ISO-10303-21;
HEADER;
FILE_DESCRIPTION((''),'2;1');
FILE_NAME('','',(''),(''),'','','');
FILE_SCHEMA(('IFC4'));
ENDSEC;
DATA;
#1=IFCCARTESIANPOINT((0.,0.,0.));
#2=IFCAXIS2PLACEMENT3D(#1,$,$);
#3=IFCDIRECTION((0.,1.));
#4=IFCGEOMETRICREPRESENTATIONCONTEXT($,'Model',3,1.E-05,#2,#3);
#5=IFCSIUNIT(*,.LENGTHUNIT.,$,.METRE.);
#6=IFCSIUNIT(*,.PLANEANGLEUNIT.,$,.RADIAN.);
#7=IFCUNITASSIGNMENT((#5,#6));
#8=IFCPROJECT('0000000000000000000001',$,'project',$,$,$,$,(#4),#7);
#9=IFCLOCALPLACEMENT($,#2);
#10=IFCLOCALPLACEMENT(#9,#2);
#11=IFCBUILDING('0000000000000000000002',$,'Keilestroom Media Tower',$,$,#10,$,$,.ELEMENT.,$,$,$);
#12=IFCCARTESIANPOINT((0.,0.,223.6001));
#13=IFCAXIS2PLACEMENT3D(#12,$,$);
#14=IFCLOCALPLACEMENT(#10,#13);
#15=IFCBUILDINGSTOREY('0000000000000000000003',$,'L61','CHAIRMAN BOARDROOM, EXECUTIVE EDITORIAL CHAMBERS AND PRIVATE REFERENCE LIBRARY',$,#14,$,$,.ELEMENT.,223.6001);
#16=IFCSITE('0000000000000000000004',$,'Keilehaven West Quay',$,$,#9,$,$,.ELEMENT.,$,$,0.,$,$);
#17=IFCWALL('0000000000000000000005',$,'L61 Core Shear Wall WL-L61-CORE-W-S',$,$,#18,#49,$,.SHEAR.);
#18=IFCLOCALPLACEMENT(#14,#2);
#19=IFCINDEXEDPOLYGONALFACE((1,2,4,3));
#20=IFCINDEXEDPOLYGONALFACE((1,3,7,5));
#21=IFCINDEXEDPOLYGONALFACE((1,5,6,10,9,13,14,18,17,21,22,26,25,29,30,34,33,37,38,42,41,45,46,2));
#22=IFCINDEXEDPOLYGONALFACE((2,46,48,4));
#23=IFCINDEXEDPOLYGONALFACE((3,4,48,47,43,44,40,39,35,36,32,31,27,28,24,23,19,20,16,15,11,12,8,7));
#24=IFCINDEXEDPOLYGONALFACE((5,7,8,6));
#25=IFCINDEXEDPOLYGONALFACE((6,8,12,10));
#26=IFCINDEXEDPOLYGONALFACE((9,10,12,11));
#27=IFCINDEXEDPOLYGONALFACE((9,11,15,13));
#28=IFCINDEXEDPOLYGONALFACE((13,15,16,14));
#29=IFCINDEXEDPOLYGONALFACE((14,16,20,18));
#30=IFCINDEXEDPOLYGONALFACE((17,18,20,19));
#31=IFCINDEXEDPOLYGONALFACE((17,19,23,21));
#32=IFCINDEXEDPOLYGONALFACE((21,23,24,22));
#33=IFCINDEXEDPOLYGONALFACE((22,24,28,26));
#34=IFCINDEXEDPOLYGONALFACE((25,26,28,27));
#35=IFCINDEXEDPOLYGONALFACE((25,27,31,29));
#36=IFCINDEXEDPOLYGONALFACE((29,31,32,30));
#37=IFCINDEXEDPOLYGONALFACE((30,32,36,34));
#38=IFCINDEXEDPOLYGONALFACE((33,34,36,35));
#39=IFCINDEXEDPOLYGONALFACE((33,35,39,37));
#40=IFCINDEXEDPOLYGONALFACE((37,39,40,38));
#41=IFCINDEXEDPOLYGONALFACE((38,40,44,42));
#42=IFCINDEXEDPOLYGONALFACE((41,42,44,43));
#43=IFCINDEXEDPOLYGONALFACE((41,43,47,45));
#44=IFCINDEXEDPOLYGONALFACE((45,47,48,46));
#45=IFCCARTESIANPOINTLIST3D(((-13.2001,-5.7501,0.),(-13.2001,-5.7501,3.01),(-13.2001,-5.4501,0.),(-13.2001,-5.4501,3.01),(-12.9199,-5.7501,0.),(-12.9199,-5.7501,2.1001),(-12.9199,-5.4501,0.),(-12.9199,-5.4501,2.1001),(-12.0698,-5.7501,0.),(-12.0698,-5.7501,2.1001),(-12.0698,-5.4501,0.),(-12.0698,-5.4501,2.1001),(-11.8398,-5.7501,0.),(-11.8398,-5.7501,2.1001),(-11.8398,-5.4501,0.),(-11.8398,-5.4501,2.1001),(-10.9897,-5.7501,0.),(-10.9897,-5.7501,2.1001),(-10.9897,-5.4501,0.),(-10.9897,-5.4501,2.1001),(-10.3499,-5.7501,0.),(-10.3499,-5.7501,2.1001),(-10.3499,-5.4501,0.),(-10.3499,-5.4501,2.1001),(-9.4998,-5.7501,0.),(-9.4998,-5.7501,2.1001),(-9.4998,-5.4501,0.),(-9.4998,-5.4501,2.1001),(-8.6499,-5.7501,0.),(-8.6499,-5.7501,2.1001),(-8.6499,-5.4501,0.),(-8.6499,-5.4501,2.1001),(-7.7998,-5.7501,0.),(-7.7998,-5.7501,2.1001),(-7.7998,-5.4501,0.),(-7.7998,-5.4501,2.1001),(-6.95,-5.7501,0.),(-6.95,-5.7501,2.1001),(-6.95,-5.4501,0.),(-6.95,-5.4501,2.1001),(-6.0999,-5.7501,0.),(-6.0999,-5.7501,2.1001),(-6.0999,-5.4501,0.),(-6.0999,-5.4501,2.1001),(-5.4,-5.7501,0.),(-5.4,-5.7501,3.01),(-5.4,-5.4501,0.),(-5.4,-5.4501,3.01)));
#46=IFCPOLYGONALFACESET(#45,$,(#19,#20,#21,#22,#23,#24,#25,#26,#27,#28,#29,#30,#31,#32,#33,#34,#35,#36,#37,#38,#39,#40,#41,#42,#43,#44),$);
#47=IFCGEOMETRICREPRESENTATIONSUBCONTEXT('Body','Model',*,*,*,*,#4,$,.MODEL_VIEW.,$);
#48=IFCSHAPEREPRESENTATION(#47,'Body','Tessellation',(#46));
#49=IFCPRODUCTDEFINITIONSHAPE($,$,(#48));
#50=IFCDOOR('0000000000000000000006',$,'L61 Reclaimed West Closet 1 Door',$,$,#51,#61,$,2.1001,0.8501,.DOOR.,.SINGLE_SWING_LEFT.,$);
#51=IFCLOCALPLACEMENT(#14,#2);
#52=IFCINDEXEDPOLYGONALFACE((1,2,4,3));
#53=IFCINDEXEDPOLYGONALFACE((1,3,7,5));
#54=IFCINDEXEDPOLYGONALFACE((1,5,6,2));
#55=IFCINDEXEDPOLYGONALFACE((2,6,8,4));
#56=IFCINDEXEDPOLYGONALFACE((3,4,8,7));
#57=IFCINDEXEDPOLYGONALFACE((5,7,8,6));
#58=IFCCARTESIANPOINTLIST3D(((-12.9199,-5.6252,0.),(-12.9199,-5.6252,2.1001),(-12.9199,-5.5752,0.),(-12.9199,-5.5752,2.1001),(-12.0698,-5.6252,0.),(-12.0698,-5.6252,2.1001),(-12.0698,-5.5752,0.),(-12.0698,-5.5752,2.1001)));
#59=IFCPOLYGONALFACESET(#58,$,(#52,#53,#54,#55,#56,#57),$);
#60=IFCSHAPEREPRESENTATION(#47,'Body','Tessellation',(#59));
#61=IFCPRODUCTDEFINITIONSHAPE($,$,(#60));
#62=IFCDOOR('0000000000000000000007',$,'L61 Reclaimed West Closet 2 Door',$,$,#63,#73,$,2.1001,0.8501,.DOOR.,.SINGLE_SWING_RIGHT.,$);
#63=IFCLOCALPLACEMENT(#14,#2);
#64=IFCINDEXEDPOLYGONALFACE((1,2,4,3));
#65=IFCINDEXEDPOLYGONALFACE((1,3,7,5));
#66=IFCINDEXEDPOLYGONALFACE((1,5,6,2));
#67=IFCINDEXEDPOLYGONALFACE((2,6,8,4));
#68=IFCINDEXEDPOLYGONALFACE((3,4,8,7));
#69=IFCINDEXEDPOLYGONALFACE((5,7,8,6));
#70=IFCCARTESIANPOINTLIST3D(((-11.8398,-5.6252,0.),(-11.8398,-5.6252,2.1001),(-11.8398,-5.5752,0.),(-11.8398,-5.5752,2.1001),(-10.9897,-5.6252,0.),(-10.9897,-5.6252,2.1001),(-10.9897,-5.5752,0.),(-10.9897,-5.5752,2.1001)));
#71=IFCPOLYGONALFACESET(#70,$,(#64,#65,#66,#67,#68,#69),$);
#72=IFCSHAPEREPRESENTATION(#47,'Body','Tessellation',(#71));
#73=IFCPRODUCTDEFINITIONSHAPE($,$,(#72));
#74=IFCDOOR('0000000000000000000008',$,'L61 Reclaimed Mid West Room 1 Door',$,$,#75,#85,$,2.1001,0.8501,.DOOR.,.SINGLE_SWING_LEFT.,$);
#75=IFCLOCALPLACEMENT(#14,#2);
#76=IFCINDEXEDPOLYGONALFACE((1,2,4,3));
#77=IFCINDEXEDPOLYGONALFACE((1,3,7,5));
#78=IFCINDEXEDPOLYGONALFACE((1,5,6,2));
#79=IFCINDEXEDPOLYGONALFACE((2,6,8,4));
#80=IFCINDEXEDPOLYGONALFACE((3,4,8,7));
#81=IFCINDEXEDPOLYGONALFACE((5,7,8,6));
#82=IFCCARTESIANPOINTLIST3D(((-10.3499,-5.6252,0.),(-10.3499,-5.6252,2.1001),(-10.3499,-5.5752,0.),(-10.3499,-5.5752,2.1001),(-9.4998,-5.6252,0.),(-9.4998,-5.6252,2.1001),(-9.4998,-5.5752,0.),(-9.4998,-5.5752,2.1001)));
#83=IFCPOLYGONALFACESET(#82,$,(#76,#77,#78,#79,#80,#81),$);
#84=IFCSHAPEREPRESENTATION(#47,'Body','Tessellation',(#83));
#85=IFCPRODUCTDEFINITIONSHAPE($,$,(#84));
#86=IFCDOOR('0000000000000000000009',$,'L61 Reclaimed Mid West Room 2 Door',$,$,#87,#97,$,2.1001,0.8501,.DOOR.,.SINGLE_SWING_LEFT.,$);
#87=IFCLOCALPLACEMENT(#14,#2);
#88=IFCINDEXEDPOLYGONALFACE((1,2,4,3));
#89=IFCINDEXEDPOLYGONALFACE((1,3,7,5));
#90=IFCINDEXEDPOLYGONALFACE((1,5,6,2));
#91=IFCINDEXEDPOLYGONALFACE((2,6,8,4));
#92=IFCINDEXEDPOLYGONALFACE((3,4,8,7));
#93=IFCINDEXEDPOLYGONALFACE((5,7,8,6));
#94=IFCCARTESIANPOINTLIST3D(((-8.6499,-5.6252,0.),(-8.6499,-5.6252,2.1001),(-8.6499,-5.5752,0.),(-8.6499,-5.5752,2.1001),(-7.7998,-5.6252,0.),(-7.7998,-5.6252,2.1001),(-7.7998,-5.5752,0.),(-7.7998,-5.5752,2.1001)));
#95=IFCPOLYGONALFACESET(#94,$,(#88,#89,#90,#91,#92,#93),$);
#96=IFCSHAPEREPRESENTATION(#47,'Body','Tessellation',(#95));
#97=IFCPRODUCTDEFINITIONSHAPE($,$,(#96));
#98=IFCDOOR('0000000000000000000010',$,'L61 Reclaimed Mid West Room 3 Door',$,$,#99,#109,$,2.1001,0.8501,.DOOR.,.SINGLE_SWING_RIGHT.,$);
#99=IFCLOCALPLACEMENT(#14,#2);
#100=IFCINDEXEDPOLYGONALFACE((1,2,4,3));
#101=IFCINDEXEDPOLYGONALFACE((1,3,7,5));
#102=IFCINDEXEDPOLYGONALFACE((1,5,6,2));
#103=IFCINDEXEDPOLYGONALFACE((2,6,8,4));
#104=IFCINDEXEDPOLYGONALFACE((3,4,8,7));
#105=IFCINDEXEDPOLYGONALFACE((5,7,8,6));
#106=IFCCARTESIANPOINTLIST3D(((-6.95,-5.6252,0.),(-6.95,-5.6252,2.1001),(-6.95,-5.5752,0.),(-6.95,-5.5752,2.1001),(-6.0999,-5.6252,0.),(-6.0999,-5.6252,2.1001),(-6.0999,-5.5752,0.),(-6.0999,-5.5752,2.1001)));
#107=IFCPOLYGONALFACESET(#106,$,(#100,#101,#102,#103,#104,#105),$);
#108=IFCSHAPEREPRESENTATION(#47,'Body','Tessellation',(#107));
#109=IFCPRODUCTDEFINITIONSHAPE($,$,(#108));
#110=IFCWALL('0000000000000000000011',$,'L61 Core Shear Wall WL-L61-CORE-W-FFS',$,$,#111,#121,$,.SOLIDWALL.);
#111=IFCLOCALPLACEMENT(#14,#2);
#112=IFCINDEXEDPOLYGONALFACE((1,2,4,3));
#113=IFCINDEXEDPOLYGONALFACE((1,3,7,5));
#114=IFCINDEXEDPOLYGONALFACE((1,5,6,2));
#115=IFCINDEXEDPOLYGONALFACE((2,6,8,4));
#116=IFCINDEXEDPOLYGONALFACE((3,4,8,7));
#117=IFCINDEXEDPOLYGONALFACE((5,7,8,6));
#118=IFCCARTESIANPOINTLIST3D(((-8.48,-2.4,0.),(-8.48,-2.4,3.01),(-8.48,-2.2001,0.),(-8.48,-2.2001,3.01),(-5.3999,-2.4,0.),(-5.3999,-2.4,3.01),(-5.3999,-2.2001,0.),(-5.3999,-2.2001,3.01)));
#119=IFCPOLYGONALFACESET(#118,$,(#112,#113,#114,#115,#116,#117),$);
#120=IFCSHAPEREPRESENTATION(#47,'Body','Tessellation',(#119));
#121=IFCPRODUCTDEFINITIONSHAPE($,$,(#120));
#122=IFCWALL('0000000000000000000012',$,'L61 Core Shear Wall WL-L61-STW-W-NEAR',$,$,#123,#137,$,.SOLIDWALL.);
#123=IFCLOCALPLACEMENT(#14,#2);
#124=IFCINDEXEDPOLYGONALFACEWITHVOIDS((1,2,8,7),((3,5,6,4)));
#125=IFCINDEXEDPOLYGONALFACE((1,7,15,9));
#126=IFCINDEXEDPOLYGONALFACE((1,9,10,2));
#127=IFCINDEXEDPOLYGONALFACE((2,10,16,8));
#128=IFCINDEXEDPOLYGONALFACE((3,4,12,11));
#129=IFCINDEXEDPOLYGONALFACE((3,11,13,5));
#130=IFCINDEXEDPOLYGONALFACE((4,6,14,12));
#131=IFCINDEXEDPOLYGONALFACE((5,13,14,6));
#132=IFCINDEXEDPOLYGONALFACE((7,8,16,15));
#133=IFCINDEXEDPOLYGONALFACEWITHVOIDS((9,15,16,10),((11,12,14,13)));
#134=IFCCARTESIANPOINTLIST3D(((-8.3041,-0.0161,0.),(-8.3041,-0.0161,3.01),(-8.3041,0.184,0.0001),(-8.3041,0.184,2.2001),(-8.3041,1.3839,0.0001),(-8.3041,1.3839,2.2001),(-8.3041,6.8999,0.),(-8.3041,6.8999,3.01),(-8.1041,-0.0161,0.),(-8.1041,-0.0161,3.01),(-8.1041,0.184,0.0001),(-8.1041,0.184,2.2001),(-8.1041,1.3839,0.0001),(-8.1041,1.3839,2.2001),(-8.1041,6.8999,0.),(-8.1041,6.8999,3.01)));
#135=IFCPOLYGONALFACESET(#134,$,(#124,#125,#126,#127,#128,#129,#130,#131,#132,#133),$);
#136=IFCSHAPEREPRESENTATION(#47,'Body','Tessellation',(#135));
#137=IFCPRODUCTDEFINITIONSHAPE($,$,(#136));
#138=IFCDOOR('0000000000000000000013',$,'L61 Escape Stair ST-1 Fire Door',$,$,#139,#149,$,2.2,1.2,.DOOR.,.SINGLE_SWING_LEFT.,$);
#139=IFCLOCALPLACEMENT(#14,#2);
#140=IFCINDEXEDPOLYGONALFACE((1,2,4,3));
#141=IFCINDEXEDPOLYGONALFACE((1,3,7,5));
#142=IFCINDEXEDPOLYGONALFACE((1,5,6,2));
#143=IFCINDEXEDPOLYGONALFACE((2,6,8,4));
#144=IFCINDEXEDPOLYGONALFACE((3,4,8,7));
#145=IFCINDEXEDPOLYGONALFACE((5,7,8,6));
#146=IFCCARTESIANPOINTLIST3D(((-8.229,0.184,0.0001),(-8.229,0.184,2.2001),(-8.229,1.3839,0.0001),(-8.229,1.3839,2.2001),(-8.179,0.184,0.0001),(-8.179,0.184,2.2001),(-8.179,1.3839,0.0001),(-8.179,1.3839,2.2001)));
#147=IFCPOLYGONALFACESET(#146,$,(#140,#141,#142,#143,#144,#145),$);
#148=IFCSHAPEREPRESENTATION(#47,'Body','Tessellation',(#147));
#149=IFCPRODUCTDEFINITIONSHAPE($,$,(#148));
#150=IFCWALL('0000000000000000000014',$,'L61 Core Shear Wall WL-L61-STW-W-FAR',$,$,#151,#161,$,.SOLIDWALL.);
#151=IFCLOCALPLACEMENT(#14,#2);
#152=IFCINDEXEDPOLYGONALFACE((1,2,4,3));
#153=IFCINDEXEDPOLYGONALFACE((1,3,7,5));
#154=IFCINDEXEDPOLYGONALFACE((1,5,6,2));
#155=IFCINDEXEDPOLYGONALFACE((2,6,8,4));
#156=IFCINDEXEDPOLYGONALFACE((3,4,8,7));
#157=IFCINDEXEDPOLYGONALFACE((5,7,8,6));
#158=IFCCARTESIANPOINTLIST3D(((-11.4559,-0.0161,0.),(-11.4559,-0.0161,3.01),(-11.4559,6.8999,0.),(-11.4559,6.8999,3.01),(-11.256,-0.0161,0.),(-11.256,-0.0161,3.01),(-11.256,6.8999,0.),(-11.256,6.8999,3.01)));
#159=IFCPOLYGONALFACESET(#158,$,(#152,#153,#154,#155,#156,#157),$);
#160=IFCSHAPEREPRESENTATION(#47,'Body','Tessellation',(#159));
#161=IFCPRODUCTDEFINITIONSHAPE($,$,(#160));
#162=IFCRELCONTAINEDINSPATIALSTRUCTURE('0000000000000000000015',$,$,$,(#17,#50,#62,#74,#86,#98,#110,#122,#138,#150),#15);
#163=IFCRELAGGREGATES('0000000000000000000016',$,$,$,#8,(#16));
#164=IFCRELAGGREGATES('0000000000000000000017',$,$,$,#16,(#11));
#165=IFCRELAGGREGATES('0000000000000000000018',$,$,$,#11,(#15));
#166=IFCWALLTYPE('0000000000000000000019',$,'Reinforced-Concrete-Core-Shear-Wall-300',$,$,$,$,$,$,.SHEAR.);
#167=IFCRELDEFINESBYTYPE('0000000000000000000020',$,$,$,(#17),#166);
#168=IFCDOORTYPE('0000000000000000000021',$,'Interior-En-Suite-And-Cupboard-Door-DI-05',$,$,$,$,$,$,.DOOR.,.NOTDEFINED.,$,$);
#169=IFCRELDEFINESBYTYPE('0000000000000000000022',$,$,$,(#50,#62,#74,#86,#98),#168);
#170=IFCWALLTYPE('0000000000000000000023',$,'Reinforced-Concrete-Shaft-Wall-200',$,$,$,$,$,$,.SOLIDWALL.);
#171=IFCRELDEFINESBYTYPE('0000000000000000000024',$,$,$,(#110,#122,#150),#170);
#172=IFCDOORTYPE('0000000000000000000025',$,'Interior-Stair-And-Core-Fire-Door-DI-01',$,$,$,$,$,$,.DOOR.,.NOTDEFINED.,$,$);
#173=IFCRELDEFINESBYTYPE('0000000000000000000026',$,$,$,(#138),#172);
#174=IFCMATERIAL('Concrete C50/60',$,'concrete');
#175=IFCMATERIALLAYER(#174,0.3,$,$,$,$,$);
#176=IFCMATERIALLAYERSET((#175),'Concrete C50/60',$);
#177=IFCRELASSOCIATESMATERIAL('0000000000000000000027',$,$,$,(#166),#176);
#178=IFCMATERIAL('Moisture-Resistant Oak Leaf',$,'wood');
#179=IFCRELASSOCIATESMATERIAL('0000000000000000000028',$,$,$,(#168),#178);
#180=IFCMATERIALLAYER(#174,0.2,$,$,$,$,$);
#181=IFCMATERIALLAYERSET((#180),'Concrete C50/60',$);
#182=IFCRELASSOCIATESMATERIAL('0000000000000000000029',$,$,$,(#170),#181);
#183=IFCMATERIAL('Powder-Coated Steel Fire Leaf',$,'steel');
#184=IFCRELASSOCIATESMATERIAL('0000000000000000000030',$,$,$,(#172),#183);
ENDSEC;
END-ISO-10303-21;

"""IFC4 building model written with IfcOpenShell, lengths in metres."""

from ifc_helpers import new_model, si_unit, direction, frame, frame_2d, origin, place, context, subcontext, project, spatial, rectangle, extrude, source, transform, mapped, material, layer, layer_set, type_object, element, fill, save


model = new_model("IFC4")

# Units and contexts
model_context = context("Model", 3, precision=1e-05, world=origin(), true_north=direction((0.0, 1.0)))
body_context = subcontext(model_context, "Body", "Model", "MODEL_VIEW")
ifc_project = project(units=[si_unit("LENGTHUNIT", "METRE"), si_unit("PLANEANGLEUNIT", "RADIAN")], contexts=[model_context])

# Site, building, storey
site_placement = place(None, origin())
site = spatial("IfcSite", under=ifc_project, at=site_placement, Name="Keilehaven West Quay", CompositionType="ELEMENT", RefElevation=0.0)
building_placement = place(site_placement, origin())
building = spatial("IfcBuilding", under=site, at=building_placement, Name="Keilestroom Media Tower", CompositionType="ELEMENT")
storey_placement = place(building_placement, frame((0.0, 0.0, 223.6001)))
storey = spatial("IfcBuildingStorey", under=building, at=storey_placement, Name="L61", Description="CHAIRMAN BOARDROOM, EXECUTIVE EDITORIAL CHAMBERS AND PRIVATE REFERENCE LIBRARY", CompositionType="ELEMENT", Elevation=223.6001)

# Shared definitions
ifc_material_1 = material(Name="Concrete C50/60", Category="concrete")
ifc_layer_1 = layer(ifc_material_1, 0.3)
ifc_layer_set_1 = layer_set([ifc_layer_1], Name="Concrete C50/60")
wall_type_1 = type_object("IfcWallType", Name="Reinforced-Concrete-Core-Shear-Wall-300", PredefinedType="SHEAR", material=ifc_layer_set_1)

# Wall, openings, doors
ifc_material_2 = material(Name="Powder-Coated Steel Fire Leaf", Category="steel")
shared_shape_1 = source(origin(), body_context, "Body", "SweptSolid", [
    extrude(rectangle(XDim=1.2, YDim=2.2, at=frame_2d((0.6001, 1.1001))), frame((0.0, 0.0249, 0.0), z_axis=(0.0, -1.0, 0.0), x_axis=(1.0, 0.0, 0.0)), (0.0, 0.0, 1.0), 0.05),
])
wall_1_placement = place(storey_placement, frame((-13.2, -5.6001, 0.0), z_axis=(0.0, 0.0, 1.0), x_axis=(1.0, 0.0, 0.0)))
wall_1 = element("IfcWall", 1, at=wall_1_placement, inside=storey, type_object=wall_type_1, Name="L61 Core Shear Wall WL-L61-CORE-W-S", PredefinedType="SHEAR", context=body_context, shape_type="SweptSolid", body=[
    extrude(rectangle(XDim=7.8, YDim=0.3, at=frame_2d((3.8999, 0.0))), origin(), (0.0, 0.0, 1.0), 3.01),
])
opening_1_placement = place(wall_1_placement, frame((0.28, 0.0, 0.0)))
opening_1 = element("IfcOpeningElement", 2, at=opening_1_placement, cuts=wall_1, PredefinedType="OPENING", context=body_context, shape_type="SweptSolid", body=[
    extrude(rectangle(XDim=0.8501, YDim=2.1001, at=frame_2d((0.425, 1.05))), frame((0.0, 0.1602, 0.0), z_axis=(0.0, -1.0, 0.0), x_axis=(1.0, 0.0, 0.0)), (0.0, 0.0, 1.0), 0.3201),
])
opening_2_placement = place(wall_1_placement, frame((1.3601, 0.0, 0.0)))
opening_2 = element("IfcOpeningElement", 3, at=opening_2_placement, cuts=wall_1, PredefinedType="OPENING", context=body_context, shape_type="SweptSolid", body=[
    extrude(rectangle(XDim=0.8501, YDim=2.1001, at=frame_2d((0.425, 1.05))), frame((0.0, 0.1602, 0.0), z_axis=(0.0, -1.0, 0.0), x_axis=(1.0, 0.0, 0.0)), (0.0, 0.0, 1.0), 0.3201),
])
opening_3_placement = place(wall_1_placement, frame((2.8501, 0.0, 0.0)))
opening_3 = element("IfcOpeningElement", 4, at=opening_3_placement, cuts=wall_1, PredefinedType="OPENING", context=body_context, shape_type="SweptSolid", body=[
    extrude(rectangle(XDim=0.8501, YDim=2.1001, at=frame_2d((0.425, 1.05))), frame((0.0, 0.1602, 0.0), z_axis=(0.0, -1.0, 0.0), x_axis=(1.0, 0.0, 0.0)), (0.0, 0.0, 1.0), 0.3201),
])
opening_4_placement = place(wall_1_placement, frame((4.55, 0.0, 0.0)))
opening_4 = element("IfcOpeningElement", 5, at=opening_4_placement, cuts=wall_1, PredefinedType="OPENING", context=body_context, shape_type="SweptSolid", body=[
    extrude(rectangle(XDim=0.8501, YDim=2.1001, at=frame_2d((0.425, 1.05))), frame((0.0, 0.1602, 0.0), z_axis=(0.0, -1.0, 0.0), x_axis=(1.0, 0.0, 0.0)), (0.0, 0.0, 1.0), 0.3201),
])
opening_5_placement = place(wall_1_placement, frame((6.25, 0.0, 0.0)))
opening_5 = element("IfcOpeningElement", 6, at=opening_5_placement, cuts=wall_1, PredefinedType="OPENING", context=body_context, shape_type="SweptSolid", body=[
    extrude(rectangle(XDim=0.8501, YDim=2.1001, at=frame_2d((0.425, 1.05))), frame((0.0, 0.1602, 0.0), z_axis=(0.0, -1.0, 0.0), x_axis=(1.0, 0.0, 0.0)), (0.0, 0.0, 1.0), 0.3201),
])
ifc_material_3 = material(Name="Moisture-Resistant Oak Leaf", Category="wood")
door_type_1 = type_object("IfcDoorType", Name="Interior-En-Suite-And-Cupboard-Door-DI-05", OperationType="NOTDEFINED", PredefinedType="DOOR", material=ifc_material_3)
shared_shape_2 = source(origin(), body_context, "Body", "SweptSolid", [
    extrude(rectangle(XDim=0.8501, YDim=2.1001, at=frame_2d((0.425, 1.05))), frame((0.0, 0.0249, 0.0), z_axis=(0.0, -1.0, 0.0), x_axis=(1.0, 0.0, 0.0)), (0.0, 0.0, 1.0), 0.05),
])
door_1_placement = place(opening_1_placement, origin())
door_1 = element("IfcDoor", 7, at=door_1_placement, inside=storey, type_object=door_type_1, Name="L61 Reclaimed West Closet 1 Door", OperationType="SINGLE_SWING_LEFT", OverallHeight=2.1001, OverallWidth=0.8501, PredefinedType="DOOR", context=body_context, shape_type="MappedRepresentation", body=[
    mapped(shared_shape_2, transform((0.0, 0.0, 0.0), x_axis=(1.0, 0.0, 0.0), y_axis=(0.0, 1.0, 0.0), z_axis=(0.0, 0.0, 1.0), scale=1.0)),
])
fill(opening_1, door_1)
door_2_placement = place(opening_2_placement, origin())
door_2 = element("IfcDoor", 8, at=door_2_placement, inside=storey, type_object=door_type_1, Name="L61 Reclaimed West Closet 2 Door", OperationType="SINGLE_SWING_RIGHT", OverallHeight=2.1001, OverallWidth=0.8501, PredefinedType="DOOR", context=body_context, shape_type="MappedRepresentation", body=[
    mapped(shared_shape_2, transform((0.0, 0.0, 0.0), x_axis=(1.0, 0.0, 0.0), y_axis=(0.0, 1.0, 0.0), z_axis=(0.0, 0.0, 1.0), scale=1.0)),
])
fill(opening_2, door_2)
door_3_placement = place(opening_3_placement, origin())
door_3 = element("IfcDoor", 9, at=door_3_placement, inside=storey, type_object=door_type_1, Name="L61 Reclaimed Mid West Room 1 Door", OperationType="SINGLE_SWING_LEFT", OverallHeight=2.1001, OverallWidth=0.8501, PredefinedType="DOOR", context=body_context, shape_type="MappedRepresentation", body=[
    mapped(shared_shape_2, transform((0.0, 0.0, 0.0), x_axis=(1.0, 0.0, 0.0), y_axis=(0.0, 1.0, 0.0), z_axis=(0.0, 0.0, 1.0), scale=1.0)),
])
fill(opening_3, door_3)
door_4_placement = place(opening_4_placement, origin())
door_4 = element("IfcDoor", 10, at=door_4_placement, inside=storey, type_object=door_type_1, Name="L61 Reclaimed Mid West Room 2 Door", OperationType="SINGLE_SWING_LEFT", OverallHeight=2.1001, OverallWidth=0.8501, PredefinedType="DOOR", context=body_context, shape_type="MappedRepresentation", body=[
    mapped(shared_shape_2, transform((0.0, 0.0, 0.0), x_axis=(1.0, 0.0, 0.0), y_axis=(0.0, 1.0, 0.0), z_axis=(0.0, 0.0, 1.0), scale=1.0)),
])
fill(opening_4, door_4)
door_5_placement = place(opening_5_placement, origin())
door_5 = element("IfcDoor", 11, at=door_5_placement, inside=storey, type_object=door_type_1, Name="L61 Reclaimed Mid West Room 3 Door", OperationType="SINGLE_SWING_RIGHT", OverallHeight=2.1001, OverallWidth=0.8501, PredefinedType="DOOR", context=body_context, shape_type="MappedRepresentation", body=[
    mapped(shared_shape_2, transform((0.0, 0.0, 0.0), x_axis=(1.0, 0.0, 0.0), y_axis=(0.0, 1.0, 0.0), z_axis=(0.0, 0.0, 1.0), scale=1.0)),
])
fill(opening_5, door_5)

# Wall
ifc_layer_2 = layer(ifc_material_1, 0.2)
ifc_layer_set_2 = layer_set([ifc_layer_2], Name="Concrete C50/60")
wall_type_2 = type_object("IfcWallType", Name="Reinforced-Concrete-Shaft-Wall-200", PredefinedType="SOLIDWALL", material=ifc_layer_set_2)
wall_2_placement = place(storey_placement, frame((-8.48, -2.3, 0.0), z_axis=(0.0, 0.0, 1.0), x_axis=(1.0, 0.0, 0.0)))
element("IfcWall", 12, at=wall_2_placement, inside=storey, type_object=wall_type_2, Name="L61 Core Shear Wall WL-L61-CORE-W-FFS", PredefinedType="SOLIDWALL", context=body_context, shape_type="SweptSolid", body=[
    extrude(rectangle(XDim=3.0801, YDim=0.2, at=frame_2d((1.54, 0.0))), origin(), (0.0, 0.0, 1.0), 3.01),
])

# Wall, opening, door
wall_3_placement = place(storey_placement, frame((-8.2041, -0.0161, 0.0), z_axis=(0.0, 0.0, 1.0), x_axis=(0.0, 1.0, 0.0)))
wall_3 = element("IfcWall", 13, at=wall_3_placement, inside=storey, type_object=wall_type_2, Name="L61 Core Shear Wall WL-L61-STW-W-NEAR", PredefinedType="SOLIDWALL", context=body_context, shape_type="SweptSolid", body=[
    extrude(rectangle(XDim=6.916, YDim=0.2, at=frame_2d((3.458, 0.0))), origin(), (0.0, 0.0, 1.0), 3.01),
])
opening_6_placement = place(wall_3_placement, frame((0.2, 0.0, 0.0)))
opening_6 = element("IfcOpeningElement", 14, at=opening_6_placement, cuts=wall_3, PredefinedType="OPENING", context=body_context, shape_type="SweptSolid", body=[
    extrude(rectangle(XDim=1.2, YDim=2.2, at=frame_2d((0.6001, 1.1001))), frame((0.0, 0.1099, 0.0), z_axis=(0.0, -1.0, 0.0), x_axis=(1.0, 0.0, 0.0)), (0.0, 0.0, 1.0), 0.22),
])
door_type_2 = type_object("IfcDoorType", Name="Interior-Stair-And-Core-Fire-Door-DI-01", OperationType="NOTDEFINED", PredefinedType="DOOR", material=ifc_material_2)
door_6_placement = place(opening_6_placement, origin())
door_6 = element("IfcDoor", 15, at=door_6_placement, inside=storey, type_object=door_type_2, Name="L61 Escape Stair ST-1 Fire Door", OperationType="SINGLE_SWING_LEFT", OverallHeight=2.2, OverallWidth=1.2, PredefinedType="DOOR", context=body_context, shape_type="MappedRepresentation", body=[
    mapped(shared_shape_1, transform((0.0, 0.0, 0.0), x_axis=(1.0, 0.0, 0.0), y_axis=(0.0, 1.0, 0.0), z_axis=(0.0, 0.0, 1.0), scale=1.0)),
])
fill(opening_6, door_6)

# Wall
wall_4_placement = place(storey_placement, frame((-11.356, -0.0161, 0.0), z_axis=(0.0, 0.0, 1.0), x_axis=(0.0, 1.0, 0.0)))
element("IfcWall", 16, at=wall_4_placement, inside=storey, type_object=wall_type_2, Name="L61 Core Shear Wall WL-L61-STW-W-FAR", PredefinedType="SOLIDWALL", context=body_context, shape_type="SweptSolid", body=[
    extrude(rectangle(XDim=6.916, YDim=0.2, at=frame_2d((3.458, 0.0))), origin(), (0.0, 0.0, 1.0), 3.01),
])

save(model, "model.ifc")
